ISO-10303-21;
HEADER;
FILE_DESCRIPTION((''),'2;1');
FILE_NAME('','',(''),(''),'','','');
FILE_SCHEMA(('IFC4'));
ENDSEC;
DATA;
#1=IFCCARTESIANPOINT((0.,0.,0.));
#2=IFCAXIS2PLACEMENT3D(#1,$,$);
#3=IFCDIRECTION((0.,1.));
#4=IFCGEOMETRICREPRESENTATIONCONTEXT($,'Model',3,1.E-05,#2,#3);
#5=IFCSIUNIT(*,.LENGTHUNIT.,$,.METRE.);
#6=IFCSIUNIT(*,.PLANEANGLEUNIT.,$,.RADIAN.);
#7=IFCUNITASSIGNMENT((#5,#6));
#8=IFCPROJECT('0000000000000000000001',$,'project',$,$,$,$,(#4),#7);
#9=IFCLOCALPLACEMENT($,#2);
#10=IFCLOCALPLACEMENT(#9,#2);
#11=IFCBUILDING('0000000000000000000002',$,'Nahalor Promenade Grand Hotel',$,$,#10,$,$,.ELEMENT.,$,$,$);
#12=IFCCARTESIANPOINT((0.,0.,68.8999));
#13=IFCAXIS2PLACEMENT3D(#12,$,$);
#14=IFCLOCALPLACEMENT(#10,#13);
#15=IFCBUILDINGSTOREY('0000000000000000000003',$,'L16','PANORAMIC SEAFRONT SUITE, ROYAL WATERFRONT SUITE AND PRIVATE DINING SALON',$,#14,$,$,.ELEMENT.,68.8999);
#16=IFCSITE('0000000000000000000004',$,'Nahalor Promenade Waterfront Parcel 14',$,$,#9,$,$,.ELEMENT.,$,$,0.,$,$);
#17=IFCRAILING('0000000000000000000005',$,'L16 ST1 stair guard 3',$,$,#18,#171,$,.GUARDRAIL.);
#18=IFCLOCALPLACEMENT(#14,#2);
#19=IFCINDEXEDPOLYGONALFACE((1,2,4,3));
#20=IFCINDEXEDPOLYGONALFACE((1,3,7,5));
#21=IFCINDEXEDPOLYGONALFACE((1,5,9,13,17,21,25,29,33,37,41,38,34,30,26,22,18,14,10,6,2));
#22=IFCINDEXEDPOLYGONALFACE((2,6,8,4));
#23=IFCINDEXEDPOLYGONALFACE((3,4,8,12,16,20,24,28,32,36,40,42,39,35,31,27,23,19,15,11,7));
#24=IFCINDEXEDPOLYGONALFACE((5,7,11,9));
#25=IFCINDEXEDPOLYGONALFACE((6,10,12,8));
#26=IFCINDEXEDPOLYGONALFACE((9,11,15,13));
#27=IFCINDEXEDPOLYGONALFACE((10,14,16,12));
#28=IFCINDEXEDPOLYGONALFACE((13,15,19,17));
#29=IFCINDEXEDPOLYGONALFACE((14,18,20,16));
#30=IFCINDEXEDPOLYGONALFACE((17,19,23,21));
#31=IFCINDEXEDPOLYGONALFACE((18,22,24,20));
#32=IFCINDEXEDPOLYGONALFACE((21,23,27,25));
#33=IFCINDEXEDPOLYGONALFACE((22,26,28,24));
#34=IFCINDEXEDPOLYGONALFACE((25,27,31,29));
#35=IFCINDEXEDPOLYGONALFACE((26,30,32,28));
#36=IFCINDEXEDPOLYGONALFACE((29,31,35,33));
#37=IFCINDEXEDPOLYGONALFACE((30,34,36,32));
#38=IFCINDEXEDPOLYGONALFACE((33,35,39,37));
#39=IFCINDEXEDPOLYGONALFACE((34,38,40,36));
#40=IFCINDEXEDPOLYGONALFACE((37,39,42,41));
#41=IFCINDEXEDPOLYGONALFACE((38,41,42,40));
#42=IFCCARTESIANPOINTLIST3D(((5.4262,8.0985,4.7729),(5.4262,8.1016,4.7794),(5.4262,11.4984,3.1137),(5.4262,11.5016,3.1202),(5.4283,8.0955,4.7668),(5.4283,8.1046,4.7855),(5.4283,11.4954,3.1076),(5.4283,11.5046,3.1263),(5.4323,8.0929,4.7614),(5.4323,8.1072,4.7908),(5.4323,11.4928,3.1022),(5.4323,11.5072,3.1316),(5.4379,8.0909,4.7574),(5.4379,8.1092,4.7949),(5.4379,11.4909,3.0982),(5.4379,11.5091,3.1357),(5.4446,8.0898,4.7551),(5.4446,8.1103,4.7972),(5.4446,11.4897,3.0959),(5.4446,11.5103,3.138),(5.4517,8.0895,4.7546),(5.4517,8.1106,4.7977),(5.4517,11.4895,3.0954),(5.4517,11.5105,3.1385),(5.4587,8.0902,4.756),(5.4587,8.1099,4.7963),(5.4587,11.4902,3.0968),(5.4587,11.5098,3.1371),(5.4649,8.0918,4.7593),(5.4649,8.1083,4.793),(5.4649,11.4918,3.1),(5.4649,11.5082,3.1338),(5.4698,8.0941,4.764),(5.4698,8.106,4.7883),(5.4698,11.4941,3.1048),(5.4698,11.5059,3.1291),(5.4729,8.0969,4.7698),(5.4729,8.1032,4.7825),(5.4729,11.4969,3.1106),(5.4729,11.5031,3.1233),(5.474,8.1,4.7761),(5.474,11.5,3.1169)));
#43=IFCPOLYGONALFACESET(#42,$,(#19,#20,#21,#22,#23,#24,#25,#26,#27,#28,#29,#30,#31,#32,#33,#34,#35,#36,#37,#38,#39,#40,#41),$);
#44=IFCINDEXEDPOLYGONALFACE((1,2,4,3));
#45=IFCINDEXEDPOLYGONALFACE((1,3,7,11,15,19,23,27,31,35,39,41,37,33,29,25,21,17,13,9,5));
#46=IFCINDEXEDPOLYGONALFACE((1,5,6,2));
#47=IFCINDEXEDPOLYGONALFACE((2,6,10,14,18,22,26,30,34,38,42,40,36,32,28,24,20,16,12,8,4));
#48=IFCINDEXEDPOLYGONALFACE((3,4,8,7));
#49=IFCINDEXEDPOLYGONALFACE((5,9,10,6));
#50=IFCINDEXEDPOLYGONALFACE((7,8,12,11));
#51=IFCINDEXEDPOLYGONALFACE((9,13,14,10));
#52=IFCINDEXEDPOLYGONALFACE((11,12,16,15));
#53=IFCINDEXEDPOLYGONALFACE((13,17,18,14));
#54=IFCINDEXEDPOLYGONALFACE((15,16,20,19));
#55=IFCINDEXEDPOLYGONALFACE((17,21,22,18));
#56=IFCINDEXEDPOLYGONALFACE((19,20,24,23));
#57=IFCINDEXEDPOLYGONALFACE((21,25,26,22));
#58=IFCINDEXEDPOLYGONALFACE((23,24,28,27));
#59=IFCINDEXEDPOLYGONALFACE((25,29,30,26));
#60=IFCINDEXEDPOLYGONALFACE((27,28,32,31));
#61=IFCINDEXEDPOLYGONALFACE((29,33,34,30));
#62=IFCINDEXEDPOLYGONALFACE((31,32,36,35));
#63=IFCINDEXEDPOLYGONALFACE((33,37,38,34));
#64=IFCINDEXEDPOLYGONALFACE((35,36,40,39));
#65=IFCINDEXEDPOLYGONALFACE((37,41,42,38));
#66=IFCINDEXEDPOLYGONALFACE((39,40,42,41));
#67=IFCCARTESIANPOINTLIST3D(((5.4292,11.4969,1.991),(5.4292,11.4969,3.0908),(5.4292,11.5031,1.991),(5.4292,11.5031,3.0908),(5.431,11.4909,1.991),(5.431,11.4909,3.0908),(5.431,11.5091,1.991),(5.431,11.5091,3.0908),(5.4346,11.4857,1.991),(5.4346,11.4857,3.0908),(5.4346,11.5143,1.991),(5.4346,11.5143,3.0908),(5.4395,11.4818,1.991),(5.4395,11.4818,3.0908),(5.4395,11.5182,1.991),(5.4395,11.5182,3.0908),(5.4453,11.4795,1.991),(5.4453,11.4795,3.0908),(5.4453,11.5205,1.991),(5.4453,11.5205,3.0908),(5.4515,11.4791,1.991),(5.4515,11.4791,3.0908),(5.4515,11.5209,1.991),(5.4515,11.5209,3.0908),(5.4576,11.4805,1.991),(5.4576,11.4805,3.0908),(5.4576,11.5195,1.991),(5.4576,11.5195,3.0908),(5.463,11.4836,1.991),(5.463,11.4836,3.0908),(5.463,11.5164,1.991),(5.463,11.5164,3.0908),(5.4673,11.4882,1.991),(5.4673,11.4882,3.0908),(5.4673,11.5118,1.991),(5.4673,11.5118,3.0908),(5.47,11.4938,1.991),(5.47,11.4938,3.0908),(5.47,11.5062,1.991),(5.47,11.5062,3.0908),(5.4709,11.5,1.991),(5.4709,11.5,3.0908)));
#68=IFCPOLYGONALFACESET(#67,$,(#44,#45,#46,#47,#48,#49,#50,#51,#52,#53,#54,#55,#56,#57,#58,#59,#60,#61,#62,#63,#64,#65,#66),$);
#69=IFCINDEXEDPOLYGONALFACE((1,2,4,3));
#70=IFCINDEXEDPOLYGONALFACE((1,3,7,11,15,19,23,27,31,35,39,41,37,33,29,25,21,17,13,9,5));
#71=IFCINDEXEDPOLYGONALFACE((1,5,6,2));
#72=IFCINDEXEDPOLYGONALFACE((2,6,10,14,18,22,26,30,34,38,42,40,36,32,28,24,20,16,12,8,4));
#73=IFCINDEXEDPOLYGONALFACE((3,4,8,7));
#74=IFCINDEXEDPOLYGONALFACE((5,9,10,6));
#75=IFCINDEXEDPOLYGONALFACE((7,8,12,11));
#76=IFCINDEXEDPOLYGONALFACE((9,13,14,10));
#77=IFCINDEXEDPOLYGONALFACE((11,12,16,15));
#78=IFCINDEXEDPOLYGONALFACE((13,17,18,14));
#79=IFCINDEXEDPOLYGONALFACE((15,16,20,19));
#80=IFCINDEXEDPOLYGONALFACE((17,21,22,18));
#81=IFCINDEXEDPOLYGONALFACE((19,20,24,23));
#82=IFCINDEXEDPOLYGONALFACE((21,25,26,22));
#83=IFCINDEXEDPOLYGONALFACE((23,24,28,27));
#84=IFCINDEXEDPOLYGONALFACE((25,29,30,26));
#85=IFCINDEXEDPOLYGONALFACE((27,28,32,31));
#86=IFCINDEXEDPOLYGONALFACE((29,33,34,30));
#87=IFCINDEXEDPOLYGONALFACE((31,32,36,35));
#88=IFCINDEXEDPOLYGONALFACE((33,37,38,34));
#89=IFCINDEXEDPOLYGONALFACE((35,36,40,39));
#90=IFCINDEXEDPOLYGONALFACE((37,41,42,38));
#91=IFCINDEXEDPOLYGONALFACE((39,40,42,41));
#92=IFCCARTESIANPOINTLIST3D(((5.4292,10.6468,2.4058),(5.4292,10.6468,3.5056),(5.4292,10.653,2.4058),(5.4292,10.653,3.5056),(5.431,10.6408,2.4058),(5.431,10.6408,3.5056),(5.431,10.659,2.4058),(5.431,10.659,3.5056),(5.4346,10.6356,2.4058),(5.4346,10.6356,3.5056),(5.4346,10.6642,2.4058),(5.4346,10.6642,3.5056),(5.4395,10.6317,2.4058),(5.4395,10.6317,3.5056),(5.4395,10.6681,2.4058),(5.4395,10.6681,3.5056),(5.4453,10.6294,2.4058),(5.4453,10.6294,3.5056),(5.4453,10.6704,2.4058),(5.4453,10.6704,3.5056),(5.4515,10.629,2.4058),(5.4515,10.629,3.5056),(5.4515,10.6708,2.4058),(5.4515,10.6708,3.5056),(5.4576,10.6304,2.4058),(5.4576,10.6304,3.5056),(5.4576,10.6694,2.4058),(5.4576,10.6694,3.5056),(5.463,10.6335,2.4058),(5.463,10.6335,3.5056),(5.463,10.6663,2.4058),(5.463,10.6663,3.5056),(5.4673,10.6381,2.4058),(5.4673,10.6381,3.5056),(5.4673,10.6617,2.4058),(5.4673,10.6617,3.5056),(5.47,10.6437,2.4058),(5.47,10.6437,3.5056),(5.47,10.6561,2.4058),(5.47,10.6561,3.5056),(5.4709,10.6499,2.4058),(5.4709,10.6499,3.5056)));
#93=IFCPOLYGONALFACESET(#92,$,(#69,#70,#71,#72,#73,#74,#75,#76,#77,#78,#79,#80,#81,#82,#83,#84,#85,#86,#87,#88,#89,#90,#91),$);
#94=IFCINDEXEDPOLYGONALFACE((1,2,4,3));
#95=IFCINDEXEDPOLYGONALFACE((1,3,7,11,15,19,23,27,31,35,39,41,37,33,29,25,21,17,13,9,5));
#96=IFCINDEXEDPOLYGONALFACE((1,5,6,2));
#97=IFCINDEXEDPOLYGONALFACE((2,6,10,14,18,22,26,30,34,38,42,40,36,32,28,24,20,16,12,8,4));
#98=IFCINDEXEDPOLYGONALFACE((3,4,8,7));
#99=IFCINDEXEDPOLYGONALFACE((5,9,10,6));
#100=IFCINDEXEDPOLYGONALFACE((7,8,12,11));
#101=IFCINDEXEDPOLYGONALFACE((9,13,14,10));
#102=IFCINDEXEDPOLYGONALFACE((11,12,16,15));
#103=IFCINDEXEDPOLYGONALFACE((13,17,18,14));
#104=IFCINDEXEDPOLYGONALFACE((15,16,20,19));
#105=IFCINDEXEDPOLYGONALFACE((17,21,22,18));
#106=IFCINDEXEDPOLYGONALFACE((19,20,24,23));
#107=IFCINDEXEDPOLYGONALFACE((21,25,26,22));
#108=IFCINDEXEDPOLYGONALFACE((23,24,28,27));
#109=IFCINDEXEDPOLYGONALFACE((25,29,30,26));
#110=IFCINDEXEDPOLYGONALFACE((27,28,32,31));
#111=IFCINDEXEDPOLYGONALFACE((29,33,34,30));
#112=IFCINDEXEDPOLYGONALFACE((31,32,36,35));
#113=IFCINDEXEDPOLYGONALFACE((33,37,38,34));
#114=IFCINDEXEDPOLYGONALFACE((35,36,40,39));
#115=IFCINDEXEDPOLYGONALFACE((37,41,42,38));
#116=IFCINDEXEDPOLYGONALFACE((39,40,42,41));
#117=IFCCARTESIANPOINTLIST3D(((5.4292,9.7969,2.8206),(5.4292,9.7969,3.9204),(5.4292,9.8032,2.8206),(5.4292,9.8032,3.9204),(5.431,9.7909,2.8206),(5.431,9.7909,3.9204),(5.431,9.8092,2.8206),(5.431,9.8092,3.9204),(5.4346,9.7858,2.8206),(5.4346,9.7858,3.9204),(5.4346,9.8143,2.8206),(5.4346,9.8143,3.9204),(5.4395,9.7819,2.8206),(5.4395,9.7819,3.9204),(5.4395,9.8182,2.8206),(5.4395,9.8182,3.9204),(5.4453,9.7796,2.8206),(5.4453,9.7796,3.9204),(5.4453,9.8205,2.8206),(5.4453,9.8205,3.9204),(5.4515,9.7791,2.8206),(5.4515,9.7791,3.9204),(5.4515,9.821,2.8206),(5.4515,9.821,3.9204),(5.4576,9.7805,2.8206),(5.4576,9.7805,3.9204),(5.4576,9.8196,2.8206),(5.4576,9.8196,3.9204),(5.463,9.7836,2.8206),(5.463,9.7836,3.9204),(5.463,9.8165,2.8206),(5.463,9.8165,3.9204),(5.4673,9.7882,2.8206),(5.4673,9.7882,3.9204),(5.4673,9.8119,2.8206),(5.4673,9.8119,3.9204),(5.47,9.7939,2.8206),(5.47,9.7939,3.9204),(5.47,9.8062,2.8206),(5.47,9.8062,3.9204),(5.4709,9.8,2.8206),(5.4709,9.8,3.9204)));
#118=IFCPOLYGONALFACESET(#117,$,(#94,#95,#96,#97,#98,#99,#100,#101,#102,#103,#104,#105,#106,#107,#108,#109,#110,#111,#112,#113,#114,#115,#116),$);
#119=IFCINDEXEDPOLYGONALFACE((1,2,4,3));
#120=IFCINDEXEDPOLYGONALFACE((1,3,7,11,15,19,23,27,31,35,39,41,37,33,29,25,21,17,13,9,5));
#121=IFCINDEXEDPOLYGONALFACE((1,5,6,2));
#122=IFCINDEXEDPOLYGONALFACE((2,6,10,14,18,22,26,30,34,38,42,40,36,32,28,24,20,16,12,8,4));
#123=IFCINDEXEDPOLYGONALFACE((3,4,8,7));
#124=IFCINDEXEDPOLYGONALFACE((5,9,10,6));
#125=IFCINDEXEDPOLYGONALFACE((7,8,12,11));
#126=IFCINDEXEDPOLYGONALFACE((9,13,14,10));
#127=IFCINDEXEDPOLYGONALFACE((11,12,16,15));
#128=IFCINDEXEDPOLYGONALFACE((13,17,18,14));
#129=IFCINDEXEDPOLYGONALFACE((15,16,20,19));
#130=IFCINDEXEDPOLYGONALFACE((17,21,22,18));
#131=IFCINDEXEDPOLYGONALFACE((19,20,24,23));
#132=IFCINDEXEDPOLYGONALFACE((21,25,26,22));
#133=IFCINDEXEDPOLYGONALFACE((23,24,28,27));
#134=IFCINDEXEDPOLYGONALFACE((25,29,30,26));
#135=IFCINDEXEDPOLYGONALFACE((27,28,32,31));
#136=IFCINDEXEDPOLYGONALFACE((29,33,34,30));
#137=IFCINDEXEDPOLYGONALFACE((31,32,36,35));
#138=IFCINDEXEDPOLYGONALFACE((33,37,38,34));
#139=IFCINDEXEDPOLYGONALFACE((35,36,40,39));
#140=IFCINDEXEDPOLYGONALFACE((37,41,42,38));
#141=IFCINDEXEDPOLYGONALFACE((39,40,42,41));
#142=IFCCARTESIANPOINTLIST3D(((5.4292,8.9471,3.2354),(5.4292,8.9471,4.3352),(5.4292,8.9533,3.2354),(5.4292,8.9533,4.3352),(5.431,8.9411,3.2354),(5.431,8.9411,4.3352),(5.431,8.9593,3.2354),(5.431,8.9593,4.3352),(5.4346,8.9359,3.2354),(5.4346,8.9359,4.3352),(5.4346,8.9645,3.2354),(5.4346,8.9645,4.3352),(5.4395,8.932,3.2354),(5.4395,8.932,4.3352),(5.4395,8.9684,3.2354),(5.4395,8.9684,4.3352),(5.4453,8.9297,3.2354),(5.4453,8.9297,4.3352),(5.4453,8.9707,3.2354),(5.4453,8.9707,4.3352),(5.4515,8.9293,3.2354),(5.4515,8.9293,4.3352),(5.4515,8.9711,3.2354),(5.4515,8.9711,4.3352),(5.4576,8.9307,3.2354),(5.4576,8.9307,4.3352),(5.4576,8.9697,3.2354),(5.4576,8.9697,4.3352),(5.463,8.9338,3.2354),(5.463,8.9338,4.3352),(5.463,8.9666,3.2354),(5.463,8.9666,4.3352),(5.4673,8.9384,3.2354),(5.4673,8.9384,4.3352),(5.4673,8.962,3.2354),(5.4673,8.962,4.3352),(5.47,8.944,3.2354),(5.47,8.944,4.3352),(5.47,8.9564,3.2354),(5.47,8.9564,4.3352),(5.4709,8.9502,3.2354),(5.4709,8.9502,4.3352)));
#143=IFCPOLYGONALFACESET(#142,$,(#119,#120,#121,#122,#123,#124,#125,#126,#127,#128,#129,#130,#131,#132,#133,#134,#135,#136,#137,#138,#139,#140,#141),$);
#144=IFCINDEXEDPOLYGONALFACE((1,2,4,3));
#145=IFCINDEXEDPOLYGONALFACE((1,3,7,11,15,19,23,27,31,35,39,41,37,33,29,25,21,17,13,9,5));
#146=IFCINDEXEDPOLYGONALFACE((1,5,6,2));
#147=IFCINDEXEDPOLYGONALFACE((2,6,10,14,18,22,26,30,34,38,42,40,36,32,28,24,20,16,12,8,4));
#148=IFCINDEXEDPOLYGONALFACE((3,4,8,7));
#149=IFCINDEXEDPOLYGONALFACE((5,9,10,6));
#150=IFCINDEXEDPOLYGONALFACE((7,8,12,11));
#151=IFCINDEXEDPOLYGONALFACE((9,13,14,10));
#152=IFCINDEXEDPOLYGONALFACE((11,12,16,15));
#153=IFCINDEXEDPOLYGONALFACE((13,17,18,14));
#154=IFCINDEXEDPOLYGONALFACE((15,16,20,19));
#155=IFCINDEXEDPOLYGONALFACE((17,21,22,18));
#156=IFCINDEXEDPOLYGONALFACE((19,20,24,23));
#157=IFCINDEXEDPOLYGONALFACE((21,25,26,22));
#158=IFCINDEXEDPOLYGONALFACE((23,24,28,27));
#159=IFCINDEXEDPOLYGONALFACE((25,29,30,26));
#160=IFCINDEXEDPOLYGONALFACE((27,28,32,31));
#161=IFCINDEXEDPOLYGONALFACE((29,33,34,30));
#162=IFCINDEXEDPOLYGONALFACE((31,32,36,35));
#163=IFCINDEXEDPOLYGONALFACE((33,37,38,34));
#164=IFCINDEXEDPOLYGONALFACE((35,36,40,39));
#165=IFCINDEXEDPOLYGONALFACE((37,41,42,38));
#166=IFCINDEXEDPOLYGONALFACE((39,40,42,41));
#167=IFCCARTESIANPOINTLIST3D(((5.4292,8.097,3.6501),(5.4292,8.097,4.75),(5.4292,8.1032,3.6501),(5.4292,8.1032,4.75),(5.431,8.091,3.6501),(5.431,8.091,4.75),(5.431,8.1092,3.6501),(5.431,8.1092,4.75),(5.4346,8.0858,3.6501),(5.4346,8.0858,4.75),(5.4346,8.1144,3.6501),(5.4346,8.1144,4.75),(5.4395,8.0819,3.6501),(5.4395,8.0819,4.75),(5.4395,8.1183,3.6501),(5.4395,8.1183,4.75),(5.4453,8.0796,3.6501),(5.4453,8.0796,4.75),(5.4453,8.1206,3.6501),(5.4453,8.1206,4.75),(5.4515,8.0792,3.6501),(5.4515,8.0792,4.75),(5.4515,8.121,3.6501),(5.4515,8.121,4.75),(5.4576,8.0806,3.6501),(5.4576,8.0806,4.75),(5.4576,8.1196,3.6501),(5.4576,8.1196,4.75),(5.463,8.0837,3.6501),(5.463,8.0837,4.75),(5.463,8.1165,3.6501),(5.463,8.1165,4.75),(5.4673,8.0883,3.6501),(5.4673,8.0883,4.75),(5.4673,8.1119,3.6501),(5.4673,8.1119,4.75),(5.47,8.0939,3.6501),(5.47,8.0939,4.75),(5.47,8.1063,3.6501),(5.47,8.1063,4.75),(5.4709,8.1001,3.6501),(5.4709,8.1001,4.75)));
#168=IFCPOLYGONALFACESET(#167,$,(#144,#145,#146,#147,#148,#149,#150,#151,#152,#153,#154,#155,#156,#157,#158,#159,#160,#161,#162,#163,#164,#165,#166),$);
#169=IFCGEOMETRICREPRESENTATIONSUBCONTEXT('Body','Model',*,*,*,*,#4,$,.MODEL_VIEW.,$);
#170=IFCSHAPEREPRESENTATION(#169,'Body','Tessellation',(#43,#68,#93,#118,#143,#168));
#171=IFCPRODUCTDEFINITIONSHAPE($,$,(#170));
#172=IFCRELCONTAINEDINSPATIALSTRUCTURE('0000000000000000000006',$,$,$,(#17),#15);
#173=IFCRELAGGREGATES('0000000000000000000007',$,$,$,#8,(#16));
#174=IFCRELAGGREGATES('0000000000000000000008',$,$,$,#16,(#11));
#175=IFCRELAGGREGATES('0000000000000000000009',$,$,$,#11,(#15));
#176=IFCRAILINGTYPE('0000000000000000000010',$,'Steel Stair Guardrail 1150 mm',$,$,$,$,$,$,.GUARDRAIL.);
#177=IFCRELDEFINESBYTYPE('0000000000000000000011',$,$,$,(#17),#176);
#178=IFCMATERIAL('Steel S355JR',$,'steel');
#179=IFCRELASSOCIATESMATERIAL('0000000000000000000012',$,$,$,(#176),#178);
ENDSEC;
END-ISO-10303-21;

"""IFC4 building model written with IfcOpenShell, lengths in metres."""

from ifc_helpers import new_model, si_unit, direction, frame, origin, origin_2d, place, context, subcontext, project, spatial, circle, extrude, material, type_object, element, save


model = new_model("IFC4")

# Units and contexts
model_context = context("Model", 3, precision=1e-05, world=origin(), true_north=direction((0.0, 1.0)))
body_context = subcontext(model_context, "Body", "Model", "MODEL_VIEW")
ifc_project = project(units=[si_unit("LENGTHUNIT", "METRE"), si_unit("PLANEANGLEUNIT", "RADIAN")], contexts=[model_context])

# Site, building, storey
site_placement = place(None, origin())
site = spatial("IfcSite", under=ifc_project, at=site_placement, Name="Nahalor Promenade Waterfront Parcel 14", CompositionType="ELEMENT", RefElevation=0.0)
building_placement = place(site_placement, origin())
building = spatial("IfcBuilding", under=site, at=building_placement, Name="Nahalor Promenade Grand Hotel", CompositionType="ELEMENT")
storey_placement = place(building_placement, frame((0.0, 0.0, 68.8999)))
storey = spatial("IfcBuildingStorey", under=building, at=storey_placement, Name="L16", Description="PANORAMIC SEAFRONT SUITE, ROYAL WATERFRONT SUITE AND PRIVATE DINING SALON", CompositionType="ELEMENT", Elevation=68.8999)

# Shared definitions
ifc_material_1 = material(Name="Steel S355JR", Category="steel")

# Railing
railing_type = type_object("IfcRailingType", Name="Steel Stair Guardrail 1150 mm", PredefinedType="GUARDRAIL", material=ifc_material_1)
railing_1_placement = place(storey_placement, frame((5.45, 11.5, 1.991)))
element("IfcRailing", 1, at=railing_1_placement, inside=storey, type_object=railing_type, Name="L16 ST1 stair guard 3", PredefinedType="GUARDRAIL", context=body_context, shape_type="SweptSolid", body=[
    extrude(circle(Radius=0.024, at=origin_2d()), frame((0.0, 0.0, 1.126), z_axis=(0.0, -0.898696, 0.438571), x_axis=(1.0, 0.0, 0.0)), (0.0, 0.0, 1.0), 3.7832),
    extrude(circle(Radius=0.021, at=origin_2d()), origin(), (0.0, 0.0, 1.0), 1.0999),
    extrude(circle(Radius=0.021, at=origin_2d()), frame((0.0, -0.8501, 0.4148)), (0.0, 0.0, 1.0), 1.0999),
    extrude(circle(Radius=0.021, at=origin_2d()), frame((0.0, -1.7, 0.8296)), (0.0, 0.0, 1.0), 1.0999),
    extrude(circle(Radius=0.021, at=origin_2d()), frame((0.0, -2.5498, 1.2444)), (0.0, 0.0, 1.0), 1.0999),
    extrude(circle(Radius=0.021, at=origin_2d()), frame((0.0, -3.3999, 1.6592)), (0.0, 0.0, 1.0), 1.0999),
])

save(model, "model.ifc")
